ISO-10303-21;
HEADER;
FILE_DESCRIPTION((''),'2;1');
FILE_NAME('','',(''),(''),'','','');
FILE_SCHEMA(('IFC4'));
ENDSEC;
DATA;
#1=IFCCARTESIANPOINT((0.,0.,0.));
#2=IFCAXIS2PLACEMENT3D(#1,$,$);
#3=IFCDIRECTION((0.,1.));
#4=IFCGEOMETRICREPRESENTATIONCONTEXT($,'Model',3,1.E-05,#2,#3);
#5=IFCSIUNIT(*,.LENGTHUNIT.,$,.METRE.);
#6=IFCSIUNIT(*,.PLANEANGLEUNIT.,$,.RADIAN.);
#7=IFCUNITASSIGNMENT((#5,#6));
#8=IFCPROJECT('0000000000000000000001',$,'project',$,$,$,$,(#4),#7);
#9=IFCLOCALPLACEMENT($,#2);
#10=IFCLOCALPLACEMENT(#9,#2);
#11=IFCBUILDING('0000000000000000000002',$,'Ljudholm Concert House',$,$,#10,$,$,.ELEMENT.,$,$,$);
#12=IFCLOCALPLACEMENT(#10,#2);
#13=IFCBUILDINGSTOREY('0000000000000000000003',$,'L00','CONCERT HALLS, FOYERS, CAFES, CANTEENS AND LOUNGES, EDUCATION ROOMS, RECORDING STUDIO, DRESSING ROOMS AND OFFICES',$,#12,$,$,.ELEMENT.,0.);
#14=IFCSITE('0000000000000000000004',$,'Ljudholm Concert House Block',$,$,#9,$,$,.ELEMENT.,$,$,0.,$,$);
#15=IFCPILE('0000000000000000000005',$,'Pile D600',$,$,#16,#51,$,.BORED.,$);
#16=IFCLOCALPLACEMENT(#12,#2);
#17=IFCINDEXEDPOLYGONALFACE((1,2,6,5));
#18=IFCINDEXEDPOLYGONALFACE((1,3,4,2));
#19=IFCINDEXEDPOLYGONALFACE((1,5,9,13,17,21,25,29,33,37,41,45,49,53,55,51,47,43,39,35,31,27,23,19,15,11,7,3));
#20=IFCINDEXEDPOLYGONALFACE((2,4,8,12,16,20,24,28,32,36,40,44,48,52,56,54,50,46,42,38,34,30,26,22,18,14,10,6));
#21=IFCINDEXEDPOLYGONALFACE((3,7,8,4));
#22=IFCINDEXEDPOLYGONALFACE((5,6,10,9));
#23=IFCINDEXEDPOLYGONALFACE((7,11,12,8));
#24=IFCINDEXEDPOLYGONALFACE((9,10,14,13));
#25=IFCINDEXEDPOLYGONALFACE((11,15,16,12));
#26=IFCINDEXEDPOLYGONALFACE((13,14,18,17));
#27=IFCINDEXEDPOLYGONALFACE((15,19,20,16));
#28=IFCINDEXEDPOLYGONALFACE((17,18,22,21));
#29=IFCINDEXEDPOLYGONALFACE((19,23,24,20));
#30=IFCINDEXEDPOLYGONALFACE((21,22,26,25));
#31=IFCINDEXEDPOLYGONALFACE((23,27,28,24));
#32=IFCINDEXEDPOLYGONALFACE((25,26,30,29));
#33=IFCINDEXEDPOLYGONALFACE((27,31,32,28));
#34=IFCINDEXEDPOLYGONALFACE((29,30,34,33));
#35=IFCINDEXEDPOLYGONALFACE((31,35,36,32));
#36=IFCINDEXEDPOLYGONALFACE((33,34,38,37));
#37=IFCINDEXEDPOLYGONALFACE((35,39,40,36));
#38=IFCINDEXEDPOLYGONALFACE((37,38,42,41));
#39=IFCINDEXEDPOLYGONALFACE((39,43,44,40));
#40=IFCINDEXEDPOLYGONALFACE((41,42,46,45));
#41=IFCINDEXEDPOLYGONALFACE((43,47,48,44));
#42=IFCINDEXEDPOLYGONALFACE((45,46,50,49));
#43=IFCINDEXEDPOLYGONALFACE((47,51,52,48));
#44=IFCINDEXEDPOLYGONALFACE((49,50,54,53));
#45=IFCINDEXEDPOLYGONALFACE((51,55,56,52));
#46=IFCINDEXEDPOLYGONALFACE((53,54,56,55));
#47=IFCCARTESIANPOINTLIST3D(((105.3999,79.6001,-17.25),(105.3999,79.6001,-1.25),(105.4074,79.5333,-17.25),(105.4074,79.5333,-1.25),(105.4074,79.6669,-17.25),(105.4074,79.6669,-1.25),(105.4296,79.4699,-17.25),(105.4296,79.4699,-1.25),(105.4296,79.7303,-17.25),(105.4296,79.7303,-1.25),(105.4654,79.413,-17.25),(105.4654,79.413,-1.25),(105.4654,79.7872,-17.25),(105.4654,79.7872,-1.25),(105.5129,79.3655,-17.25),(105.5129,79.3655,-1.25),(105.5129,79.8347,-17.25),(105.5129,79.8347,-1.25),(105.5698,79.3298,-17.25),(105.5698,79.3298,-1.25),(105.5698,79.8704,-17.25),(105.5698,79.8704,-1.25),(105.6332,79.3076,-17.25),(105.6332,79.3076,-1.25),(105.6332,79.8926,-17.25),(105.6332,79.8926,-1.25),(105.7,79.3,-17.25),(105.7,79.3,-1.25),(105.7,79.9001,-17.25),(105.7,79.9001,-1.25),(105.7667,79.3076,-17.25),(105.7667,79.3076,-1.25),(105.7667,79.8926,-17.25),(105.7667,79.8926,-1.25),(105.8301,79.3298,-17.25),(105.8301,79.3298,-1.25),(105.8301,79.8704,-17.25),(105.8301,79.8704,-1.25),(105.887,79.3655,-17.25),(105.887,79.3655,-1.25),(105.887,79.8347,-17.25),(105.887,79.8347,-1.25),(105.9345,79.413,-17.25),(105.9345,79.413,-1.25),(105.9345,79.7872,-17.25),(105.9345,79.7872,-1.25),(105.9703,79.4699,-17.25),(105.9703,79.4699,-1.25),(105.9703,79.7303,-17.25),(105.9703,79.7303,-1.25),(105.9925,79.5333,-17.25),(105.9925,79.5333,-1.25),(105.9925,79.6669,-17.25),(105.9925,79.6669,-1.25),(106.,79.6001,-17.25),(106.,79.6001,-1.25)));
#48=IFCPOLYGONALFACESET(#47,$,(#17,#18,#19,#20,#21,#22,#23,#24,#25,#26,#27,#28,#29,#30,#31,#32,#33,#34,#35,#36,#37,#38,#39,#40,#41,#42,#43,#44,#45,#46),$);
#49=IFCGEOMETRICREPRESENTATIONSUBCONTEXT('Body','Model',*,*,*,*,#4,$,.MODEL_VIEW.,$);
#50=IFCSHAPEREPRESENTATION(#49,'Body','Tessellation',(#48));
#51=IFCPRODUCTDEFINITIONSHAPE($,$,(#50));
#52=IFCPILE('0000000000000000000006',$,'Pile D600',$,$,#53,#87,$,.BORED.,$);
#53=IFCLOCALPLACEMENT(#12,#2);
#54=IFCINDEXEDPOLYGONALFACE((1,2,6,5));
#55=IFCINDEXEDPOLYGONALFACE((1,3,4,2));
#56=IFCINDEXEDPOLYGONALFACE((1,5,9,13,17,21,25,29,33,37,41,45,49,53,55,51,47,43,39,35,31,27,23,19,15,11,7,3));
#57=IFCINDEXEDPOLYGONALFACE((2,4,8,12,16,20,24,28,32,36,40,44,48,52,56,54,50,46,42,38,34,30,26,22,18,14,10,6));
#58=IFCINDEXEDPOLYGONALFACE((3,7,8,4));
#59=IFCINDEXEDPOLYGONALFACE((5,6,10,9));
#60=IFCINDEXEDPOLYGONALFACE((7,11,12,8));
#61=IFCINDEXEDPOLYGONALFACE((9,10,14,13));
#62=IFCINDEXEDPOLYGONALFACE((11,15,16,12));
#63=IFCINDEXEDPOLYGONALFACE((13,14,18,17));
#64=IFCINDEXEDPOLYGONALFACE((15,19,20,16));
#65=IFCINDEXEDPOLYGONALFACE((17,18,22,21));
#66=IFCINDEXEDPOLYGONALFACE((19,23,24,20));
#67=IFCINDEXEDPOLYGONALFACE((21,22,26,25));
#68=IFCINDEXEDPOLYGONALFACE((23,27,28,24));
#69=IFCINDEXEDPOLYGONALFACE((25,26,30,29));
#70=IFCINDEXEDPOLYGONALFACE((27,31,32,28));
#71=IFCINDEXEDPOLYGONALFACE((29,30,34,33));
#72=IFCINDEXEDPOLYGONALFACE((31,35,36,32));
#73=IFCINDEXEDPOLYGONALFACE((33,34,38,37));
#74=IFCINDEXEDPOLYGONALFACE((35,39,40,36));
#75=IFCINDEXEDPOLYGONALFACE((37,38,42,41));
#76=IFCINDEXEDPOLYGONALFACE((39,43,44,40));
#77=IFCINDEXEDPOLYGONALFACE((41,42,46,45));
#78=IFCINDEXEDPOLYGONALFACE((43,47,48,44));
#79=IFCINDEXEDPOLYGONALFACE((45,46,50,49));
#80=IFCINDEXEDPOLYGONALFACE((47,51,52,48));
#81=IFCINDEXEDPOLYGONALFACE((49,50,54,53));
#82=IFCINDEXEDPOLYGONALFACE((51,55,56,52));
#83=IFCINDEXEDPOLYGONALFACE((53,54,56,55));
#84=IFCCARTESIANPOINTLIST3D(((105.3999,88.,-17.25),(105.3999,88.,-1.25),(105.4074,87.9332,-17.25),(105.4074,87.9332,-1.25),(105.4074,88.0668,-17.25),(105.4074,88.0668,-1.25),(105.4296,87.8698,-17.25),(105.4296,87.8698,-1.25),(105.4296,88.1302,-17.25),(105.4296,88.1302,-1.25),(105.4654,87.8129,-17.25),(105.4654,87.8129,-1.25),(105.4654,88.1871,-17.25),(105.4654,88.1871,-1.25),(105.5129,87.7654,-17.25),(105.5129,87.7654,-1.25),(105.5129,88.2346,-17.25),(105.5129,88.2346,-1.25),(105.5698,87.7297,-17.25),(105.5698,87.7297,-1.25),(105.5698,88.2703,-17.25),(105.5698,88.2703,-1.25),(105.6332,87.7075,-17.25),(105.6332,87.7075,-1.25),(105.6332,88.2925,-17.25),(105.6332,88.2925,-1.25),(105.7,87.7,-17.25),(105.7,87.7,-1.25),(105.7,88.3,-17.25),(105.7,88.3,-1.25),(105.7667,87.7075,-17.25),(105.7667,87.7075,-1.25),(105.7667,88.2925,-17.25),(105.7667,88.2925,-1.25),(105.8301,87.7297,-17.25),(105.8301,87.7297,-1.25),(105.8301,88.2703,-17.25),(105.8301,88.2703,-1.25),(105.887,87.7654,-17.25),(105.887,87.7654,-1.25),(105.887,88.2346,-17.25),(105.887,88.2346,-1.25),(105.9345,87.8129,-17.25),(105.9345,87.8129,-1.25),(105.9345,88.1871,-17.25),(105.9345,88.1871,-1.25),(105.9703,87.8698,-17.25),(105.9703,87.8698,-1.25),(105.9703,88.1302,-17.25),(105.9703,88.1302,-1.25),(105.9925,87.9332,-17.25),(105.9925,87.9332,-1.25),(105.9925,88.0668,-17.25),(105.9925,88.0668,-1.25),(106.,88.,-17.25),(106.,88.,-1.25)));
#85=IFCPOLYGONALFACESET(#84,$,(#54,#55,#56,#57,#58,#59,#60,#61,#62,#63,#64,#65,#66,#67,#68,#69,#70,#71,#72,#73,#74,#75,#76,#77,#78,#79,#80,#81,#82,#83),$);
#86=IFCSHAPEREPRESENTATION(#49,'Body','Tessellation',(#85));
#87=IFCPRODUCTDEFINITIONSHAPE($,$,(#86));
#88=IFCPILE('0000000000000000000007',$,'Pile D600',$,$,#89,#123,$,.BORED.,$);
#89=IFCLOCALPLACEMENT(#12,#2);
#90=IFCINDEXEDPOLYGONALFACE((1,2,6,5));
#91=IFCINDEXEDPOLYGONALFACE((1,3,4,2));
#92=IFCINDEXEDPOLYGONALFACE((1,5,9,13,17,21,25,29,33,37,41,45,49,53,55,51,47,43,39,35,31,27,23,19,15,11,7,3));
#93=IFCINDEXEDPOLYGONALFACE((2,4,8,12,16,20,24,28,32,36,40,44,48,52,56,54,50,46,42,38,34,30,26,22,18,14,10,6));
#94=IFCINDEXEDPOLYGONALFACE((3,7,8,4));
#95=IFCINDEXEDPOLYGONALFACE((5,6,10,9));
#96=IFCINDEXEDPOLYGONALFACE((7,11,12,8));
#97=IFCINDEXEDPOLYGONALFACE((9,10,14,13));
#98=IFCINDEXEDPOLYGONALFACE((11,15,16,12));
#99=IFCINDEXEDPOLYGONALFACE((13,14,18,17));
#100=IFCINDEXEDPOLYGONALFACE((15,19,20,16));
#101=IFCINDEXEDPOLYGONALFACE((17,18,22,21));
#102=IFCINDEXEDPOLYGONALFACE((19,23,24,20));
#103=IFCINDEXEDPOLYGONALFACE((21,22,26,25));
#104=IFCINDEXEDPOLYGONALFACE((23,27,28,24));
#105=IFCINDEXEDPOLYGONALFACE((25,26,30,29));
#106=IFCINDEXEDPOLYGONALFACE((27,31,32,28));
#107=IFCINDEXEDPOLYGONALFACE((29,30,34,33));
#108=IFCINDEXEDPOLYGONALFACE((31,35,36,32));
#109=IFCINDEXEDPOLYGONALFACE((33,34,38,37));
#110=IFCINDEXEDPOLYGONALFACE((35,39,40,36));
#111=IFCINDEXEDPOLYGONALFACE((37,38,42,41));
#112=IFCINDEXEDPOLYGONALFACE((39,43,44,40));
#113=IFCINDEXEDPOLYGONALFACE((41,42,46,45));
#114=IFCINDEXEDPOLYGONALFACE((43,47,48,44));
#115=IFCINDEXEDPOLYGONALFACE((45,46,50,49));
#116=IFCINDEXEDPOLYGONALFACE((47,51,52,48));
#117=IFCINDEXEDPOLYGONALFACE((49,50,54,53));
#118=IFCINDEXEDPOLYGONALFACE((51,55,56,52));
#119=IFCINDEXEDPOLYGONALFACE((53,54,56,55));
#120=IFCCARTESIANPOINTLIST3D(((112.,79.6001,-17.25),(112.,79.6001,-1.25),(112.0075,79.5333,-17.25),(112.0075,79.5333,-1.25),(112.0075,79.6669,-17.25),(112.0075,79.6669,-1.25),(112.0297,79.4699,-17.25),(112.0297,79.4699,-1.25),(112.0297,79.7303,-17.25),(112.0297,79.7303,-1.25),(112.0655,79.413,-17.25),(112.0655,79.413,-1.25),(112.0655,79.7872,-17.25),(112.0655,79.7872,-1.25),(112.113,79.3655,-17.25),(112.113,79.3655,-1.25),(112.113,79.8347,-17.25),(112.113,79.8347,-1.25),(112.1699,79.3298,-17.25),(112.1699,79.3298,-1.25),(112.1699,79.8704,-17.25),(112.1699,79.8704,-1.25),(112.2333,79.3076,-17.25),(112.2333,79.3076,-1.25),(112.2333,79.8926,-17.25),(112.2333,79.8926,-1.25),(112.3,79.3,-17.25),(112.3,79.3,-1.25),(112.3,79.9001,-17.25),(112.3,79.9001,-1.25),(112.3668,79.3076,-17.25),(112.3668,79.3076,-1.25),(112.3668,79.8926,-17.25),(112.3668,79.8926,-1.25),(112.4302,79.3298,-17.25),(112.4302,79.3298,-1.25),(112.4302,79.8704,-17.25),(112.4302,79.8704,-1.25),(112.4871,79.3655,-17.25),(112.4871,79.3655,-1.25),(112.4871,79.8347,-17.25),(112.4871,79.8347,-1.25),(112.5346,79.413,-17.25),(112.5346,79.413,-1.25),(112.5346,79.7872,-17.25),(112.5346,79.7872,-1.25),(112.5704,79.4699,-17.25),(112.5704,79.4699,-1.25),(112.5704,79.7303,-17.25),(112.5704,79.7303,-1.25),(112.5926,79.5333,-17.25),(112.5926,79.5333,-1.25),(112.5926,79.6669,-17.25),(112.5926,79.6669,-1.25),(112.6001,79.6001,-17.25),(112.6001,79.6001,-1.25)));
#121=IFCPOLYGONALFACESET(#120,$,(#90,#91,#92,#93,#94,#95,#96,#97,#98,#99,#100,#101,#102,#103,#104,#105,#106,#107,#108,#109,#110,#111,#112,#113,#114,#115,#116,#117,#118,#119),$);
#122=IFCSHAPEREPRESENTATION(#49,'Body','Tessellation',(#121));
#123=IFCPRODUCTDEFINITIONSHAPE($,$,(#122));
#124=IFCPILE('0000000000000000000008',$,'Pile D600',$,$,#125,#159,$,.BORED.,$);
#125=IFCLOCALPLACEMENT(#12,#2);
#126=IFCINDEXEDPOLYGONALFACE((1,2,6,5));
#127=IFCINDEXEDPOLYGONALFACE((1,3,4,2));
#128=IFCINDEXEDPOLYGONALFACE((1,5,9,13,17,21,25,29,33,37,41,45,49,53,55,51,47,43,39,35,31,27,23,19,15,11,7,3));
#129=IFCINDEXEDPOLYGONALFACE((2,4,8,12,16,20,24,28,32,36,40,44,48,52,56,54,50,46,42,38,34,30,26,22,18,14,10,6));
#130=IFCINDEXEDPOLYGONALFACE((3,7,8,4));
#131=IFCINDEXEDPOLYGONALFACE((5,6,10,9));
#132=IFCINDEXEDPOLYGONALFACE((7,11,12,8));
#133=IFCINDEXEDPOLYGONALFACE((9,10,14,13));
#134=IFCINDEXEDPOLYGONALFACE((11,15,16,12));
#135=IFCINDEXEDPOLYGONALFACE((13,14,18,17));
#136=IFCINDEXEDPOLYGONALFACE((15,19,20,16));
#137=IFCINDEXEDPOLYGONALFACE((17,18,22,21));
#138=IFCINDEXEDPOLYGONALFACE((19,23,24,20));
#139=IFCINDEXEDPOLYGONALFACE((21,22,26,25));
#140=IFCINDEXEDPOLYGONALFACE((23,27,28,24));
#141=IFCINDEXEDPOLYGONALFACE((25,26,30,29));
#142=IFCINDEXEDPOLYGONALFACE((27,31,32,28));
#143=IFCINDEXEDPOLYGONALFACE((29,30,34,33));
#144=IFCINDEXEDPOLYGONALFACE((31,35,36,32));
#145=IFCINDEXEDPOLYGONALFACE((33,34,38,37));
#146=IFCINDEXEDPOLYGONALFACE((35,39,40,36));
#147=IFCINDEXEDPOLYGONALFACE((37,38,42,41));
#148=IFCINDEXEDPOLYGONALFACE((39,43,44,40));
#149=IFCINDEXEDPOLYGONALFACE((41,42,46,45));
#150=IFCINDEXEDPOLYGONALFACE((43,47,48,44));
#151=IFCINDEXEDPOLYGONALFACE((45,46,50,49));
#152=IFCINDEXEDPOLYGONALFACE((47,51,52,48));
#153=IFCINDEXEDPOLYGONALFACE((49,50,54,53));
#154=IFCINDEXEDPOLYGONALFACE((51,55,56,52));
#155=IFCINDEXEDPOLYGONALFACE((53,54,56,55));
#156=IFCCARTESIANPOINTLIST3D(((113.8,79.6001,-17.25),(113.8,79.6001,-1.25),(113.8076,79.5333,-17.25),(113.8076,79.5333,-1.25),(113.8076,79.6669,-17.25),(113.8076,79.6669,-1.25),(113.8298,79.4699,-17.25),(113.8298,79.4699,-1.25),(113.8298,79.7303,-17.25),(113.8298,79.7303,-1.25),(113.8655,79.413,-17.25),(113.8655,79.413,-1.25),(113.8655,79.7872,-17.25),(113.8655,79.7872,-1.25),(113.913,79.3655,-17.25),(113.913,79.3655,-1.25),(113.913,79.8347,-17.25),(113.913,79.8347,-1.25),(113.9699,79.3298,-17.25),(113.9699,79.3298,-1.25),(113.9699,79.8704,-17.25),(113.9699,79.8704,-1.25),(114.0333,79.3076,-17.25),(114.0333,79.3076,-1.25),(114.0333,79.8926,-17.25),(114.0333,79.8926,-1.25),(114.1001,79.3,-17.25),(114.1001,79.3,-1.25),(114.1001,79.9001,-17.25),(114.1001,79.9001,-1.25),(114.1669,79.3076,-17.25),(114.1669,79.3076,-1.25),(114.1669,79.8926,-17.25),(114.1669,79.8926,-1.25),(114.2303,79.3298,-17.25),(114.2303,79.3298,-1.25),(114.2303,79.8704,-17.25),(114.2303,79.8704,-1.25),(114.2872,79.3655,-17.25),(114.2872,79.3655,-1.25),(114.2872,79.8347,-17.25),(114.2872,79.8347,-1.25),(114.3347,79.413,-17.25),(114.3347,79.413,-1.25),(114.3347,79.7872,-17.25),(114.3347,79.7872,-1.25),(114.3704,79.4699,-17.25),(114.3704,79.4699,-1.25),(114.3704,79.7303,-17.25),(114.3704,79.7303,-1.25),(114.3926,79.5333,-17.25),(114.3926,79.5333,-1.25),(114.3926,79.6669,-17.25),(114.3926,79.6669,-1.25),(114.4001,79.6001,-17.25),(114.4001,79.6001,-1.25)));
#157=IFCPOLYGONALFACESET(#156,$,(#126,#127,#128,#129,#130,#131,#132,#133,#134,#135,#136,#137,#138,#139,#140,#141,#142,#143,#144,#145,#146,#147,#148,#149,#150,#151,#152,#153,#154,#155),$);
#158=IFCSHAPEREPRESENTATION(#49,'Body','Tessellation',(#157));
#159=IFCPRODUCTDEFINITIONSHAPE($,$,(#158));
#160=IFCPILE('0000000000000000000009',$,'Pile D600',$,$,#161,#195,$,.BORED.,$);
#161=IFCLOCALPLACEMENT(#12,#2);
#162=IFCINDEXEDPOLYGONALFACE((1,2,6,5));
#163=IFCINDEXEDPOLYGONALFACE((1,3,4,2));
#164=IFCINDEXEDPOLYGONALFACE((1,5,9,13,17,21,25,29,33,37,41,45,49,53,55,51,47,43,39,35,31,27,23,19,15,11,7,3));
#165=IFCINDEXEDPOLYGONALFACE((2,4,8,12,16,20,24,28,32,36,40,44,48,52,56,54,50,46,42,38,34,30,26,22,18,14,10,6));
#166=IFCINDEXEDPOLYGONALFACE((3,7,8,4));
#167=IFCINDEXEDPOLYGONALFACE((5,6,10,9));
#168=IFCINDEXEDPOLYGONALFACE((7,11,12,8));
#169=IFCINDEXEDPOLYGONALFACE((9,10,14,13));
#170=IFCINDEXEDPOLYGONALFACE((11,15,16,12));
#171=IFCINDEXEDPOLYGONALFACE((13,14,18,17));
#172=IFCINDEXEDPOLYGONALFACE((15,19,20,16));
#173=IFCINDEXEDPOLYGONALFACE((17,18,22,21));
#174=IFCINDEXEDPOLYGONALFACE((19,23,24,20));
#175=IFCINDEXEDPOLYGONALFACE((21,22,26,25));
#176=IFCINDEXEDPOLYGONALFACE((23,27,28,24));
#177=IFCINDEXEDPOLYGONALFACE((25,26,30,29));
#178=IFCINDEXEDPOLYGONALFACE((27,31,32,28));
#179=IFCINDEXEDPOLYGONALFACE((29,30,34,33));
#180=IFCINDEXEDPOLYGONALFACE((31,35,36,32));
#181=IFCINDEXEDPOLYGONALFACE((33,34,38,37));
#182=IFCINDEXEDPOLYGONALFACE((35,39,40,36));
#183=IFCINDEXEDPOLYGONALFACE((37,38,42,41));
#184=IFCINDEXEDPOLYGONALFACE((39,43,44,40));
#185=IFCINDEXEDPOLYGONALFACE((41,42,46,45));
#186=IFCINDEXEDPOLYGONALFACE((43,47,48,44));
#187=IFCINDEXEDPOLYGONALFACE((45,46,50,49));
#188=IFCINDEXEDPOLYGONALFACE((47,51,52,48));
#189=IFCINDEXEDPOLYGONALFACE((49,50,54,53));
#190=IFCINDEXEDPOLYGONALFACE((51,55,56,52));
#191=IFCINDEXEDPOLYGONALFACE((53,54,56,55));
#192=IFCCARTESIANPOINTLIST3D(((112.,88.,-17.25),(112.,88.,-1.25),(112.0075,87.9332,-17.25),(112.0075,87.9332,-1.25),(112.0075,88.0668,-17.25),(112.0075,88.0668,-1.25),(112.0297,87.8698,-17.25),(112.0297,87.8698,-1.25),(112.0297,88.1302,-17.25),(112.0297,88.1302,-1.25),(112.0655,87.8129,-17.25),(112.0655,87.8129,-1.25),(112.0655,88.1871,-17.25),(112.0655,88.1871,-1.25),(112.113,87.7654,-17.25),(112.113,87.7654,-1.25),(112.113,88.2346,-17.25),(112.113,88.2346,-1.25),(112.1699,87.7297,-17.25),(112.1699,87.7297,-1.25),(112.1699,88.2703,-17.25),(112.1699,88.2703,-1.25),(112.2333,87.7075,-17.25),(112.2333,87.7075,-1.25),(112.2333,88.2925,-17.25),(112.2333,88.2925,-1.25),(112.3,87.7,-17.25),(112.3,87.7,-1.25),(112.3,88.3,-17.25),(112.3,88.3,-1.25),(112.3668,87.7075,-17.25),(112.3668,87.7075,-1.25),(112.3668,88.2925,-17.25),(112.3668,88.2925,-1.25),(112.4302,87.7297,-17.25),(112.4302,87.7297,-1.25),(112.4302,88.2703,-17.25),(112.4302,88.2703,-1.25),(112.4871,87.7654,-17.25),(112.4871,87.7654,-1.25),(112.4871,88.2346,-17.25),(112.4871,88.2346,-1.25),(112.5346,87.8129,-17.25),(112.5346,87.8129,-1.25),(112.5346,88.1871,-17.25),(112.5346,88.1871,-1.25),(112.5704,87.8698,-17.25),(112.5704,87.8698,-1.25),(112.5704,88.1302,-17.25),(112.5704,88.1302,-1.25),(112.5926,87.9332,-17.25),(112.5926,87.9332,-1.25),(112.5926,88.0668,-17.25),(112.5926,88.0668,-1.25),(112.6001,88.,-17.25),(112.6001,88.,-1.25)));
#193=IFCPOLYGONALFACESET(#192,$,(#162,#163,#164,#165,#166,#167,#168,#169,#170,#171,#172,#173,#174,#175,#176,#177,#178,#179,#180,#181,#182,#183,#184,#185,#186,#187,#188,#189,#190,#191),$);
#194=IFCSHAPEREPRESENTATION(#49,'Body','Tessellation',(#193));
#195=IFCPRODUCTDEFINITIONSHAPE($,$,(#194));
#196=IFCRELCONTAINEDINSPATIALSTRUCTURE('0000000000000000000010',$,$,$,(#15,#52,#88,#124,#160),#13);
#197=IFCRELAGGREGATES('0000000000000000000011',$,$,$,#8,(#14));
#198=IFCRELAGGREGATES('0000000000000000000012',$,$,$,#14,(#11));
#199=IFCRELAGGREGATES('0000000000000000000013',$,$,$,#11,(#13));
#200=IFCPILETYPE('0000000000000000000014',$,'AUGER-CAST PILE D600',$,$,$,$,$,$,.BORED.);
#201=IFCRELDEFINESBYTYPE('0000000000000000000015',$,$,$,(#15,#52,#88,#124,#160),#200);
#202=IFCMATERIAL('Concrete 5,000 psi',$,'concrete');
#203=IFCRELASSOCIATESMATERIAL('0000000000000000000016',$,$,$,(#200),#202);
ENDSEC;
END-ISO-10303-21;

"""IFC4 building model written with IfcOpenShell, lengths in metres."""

from ifc_helpers import new_model, si_unit, direction, frame, origin, origin_2d, place, context, subcontext, project, spatial, circle, extrude, material, material_profile, profile_set, type_object, element, save


model = new_model("IFC4")

# Units and contexts
model_context = context("Model", 3, precision=1e-05, world=origin(), true_north=direction((0.0, 1.0)))
body_context = subcontext(model_context, "Body", "Model", "MODEL_VIEW")
ifc_project = project(units=[si_unit("LENGTHUNIT", "METRE"), si_unit("PLANEANGLEUNIT", "RADIAN")], contexts=[model_context])

# Site, building, storey
site_placement = place(None, origin())
site = spatial("IfcSite", under=ifc_project, at=site_placement, Name="Ljudholm Concert House Block", CompositionType="ELEMENT", RefElevation=0.0)
building_placement = place(site_placement, origin())
building = spatial("IfcBuilding", under=site, at=building_placement, Name="Ljudholm Concert House", CompositionType="ELEMENT")
storey_placement = place(building_placement, origin())
storey = spatial("IfcBuildingStorey", under=building, at=storey_placement, Name="L00", Description="CONCERT HALLS, FOYERS, CAFES, CANTEENS AND LOUNGES, EDUCATION ROOMS, RECORDING STUDIO, DRESSING ROOMS AND OFFICES", CompositionType="ELEMENT", Elevation=0.0)

# Piles
ifc_material_1 = material(Name="Concrete 5,000 psi", Category="concrete")
ifc_material_profile_1 = material_profile(ifc_material_1, circle(Radius=0.3, at=origin_2d()), Name="AUGER-CAST PILE D600")
ifc_profile_set_1 = profile_set([ifc_material_profile_1], Name="Concrete 5,000 psi")
pile_type = type_object("IfcPileType", Name="AUGER-CAST PILE D600", PredefinedType="BORED", material=ifc_profile_set_1)
for number, where, z_axis, x_axis, name in (
    (1, (105.7, 79.6001, -1.25), (0.0, 0.0, -1.0), (1.0, 0.0, 0.0), "Pile D600"),
    (2, (105.7, 88.0, -1.25), (0.0, 0.0, -1.0), (1.0, 0.0, 0.0), "Pile D600"),
    (3, (112.3, 79.6001, -1.25), (0.0, 0.0, -1.0), (1.0, 0.0, 0.0), "Pile D600"),
    (4, (114.1001, 79.6001, -1.25), (0.0, 0.0, -1.0), (1.0, 0.0, 0.0), "Pile D600"),
    (5, (112.3, 88.0, -1.25), (0.0, 0.0, -1.0), (1.0, 0.0, 0.0), "Pile D600"),
):
    element("IfcPile", number, at=place(storey_placement, frame(where, z_axis=z_axis, x_axis=x_axis)), inside=storey, type_object=pile_type, Name=name, PredefinedType="BORED", context=body_context, shape_type="SweptSolid", body=[
        extrude(circle(Radius=0.3, at=origin_2d()), origin(), (0.0, 0.0, 1.0), 16.0),
    ])

save(model, "model.ifc")
